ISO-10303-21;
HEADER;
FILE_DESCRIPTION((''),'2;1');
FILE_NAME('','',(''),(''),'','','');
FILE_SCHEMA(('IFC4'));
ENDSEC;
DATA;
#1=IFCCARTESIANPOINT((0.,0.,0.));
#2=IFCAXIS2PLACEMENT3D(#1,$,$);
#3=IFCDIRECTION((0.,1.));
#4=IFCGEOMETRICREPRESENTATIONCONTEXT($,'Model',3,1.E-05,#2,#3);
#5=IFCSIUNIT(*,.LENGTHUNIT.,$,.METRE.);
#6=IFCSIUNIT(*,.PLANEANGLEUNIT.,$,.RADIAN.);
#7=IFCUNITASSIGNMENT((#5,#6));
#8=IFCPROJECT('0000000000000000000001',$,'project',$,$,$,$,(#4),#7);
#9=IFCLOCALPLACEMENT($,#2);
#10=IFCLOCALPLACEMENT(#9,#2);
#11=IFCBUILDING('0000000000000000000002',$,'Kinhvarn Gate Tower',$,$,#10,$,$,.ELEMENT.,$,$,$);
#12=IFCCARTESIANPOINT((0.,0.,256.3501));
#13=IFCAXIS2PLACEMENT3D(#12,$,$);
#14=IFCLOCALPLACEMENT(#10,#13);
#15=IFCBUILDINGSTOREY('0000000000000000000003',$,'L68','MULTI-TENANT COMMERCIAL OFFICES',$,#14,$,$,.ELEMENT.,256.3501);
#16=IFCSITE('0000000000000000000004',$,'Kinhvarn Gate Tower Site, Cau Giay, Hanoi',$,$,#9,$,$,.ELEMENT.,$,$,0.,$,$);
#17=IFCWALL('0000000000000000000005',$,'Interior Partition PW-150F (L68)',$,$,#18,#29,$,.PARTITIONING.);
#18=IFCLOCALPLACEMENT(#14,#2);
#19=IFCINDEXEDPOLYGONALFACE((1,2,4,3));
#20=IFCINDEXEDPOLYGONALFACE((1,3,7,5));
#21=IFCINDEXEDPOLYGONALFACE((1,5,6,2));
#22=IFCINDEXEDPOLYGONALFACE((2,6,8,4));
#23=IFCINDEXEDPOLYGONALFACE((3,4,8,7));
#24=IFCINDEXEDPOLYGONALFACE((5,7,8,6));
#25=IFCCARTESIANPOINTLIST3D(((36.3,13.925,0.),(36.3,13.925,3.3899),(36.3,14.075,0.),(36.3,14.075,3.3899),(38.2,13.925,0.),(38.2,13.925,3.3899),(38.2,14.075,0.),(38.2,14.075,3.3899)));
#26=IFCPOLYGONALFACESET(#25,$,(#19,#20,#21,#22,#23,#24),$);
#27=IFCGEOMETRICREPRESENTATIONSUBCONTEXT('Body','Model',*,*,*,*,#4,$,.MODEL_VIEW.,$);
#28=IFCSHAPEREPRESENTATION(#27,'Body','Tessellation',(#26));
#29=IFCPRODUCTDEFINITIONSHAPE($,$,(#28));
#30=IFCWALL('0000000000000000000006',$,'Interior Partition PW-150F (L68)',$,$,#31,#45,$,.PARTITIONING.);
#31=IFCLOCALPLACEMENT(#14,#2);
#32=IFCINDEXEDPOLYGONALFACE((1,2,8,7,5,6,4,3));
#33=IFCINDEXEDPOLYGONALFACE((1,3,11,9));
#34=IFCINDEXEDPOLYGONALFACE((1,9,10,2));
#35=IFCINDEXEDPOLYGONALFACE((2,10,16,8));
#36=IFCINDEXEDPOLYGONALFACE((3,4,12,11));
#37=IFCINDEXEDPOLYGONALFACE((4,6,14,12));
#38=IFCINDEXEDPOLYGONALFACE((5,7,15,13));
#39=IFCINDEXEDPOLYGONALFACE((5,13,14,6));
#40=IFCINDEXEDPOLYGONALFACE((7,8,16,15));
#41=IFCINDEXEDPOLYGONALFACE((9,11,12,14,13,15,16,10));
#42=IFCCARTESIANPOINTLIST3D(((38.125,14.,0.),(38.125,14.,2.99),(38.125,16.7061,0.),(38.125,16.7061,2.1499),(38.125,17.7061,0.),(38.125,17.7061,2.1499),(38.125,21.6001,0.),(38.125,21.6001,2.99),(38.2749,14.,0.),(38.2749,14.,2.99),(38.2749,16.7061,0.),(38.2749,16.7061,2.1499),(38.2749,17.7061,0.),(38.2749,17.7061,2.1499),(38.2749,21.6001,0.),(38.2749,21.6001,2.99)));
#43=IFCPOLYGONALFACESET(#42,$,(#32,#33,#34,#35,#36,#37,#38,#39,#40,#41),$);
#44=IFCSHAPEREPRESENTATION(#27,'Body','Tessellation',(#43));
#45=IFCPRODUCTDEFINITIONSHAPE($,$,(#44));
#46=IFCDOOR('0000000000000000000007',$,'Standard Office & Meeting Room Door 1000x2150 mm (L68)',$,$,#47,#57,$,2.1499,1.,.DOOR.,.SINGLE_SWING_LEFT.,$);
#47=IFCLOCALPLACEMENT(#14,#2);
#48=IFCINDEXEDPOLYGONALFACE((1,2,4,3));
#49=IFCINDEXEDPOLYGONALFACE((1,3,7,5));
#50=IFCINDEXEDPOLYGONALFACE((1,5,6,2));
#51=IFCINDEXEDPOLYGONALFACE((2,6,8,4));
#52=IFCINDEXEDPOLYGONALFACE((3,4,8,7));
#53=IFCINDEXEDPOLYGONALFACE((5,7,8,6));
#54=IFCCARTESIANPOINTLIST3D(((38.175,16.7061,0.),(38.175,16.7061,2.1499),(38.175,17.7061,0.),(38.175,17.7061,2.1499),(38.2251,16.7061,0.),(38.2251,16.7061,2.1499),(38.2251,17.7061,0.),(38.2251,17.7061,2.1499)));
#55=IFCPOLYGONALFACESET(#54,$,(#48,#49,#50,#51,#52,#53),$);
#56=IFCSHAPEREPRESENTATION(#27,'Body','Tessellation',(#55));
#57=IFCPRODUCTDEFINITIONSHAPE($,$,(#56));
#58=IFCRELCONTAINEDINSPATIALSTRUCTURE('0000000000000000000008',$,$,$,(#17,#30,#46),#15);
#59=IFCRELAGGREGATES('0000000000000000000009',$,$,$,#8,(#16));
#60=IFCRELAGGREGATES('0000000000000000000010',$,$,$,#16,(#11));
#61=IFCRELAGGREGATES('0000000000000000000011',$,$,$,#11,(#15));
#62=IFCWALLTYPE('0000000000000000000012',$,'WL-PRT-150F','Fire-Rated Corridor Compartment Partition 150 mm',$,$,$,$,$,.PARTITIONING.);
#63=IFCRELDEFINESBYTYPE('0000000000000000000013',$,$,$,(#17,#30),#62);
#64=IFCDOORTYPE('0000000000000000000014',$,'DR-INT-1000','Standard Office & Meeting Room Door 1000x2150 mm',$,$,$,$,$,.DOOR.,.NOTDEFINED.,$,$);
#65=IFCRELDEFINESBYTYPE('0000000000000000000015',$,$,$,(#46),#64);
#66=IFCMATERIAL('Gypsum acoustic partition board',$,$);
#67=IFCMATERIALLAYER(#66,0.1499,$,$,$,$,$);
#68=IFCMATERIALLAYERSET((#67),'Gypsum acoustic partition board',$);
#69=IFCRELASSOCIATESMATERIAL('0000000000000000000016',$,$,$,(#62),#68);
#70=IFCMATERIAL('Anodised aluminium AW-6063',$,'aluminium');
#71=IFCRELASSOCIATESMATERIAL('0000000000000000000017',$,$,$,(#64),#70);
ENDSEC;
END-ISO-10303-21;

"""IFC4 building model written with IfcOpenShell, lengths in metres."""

from ifc_helpers import new_model, si_unit, direction, frame, frame_2d, origin, place, context, subcontext, project, spatial, rectangle, extrude, material, layer, layer_set, type_object, element, fill, save


model = new_model("IFC4")

# Units and contexts
model_context = context("Model", 3, precision=1e-05, world=origin(), true_north=direction((0.0, 1.0)))
body_context = subcontext(model_context, "Body", "Model", "MODEL_VIEW")
ifc_project = project(units=[si_unit("LENGTHUNIT", "METRE"), si_unit("PLANEANGLEUNIT", "RADIAN")], contexts=[model_context])

# Site, building, storey
site_placement = place(None, origin())
site = spatial("IfcSite", under=ifc_project, at=site_placement, Name="Kinhvarn Gate Tower Site, Cau Giay, Hanoi", CompositionType="ELEMENT", RefElevation=0.0)
building_placement = place(site_placement, origin())
building = spatial("IfcBuilding", under=site, at=building_placement, Name="Kinhvarn Gate Tower", CompositionType="ELEMENT")
storey_placement = place(building_placement, frame((0.0, 0.0, 256.3501)))
storey = spatial("IfcBuildingStorey", under=building, at=storey_placement, Name="L68", Description="MULTI-TENANT COMMERCIAL OFFICES", CompositionType="ELEMENT", Elevation=256.3501)

# Shared definitions
ifc_material_1 = material(Name="Anodised aluminium AW-6063", Category="aluminium")

# Shared definitions
ifc_material_2 = material(Name="Gypsum acoustic partition board")

# Shared definitions
ifc_layer_1 = layer(ifc_material_2, 0.1499)
ifc_layer_set_1 = layer_set([ifc_layer_1], Name="Gypsum acoustic partition board")
wall_type_1 = type_object("IfcWallType", Name="WL-PRT-150F", Description="Fire-Rated Corridor Compartment Partition 150 mm", PredefinedType="PARTITIONING", material=ifc_layer_set_1)
door_type_1 = type_object("IfcDoorType", Name="DR-INT-1000", Description="Standard Office & Meeting Room Door 1000x2150 mm", OperationType="NOTDEFINED", PredefinedType="DOOR", material=ifc_material_1)

# Wall
wall_1_placement = place(storey_placement, frame((36.3, 14.0, 0.0), z_axis=(0.0, 0.0, 1.0), x_axis=(1.0, 0.0, 0.0)))
element("IfcWall", 1, at=wall_1_placement, inside=storey, type_object=wall_type_1, Name="Interior Partition PW-150F (L68)", PredefinedType="PARTITIONING", context=body_context, shape_type="SweptSolid", body=[
    extrude(rectangle(XDim=1.8999, YDim=0.1499, at=frame_2d((0.95, 0.0))), origin(), (0.0, 0.0, 1.0), 3.3899),
])

# Wall, opening, door
wall_2_placement = place(storey_placement, frame((38.2, 14.0, 0.0), z_axis=(0.0, 0.0, 1.0), x_axis=(0.0, 1.0, 0.0)))
wall_2 = element("IfcWall", 2, at=wall_2_placement, inside=storey, type_object=wall_type_1, Name="Interior Partition PW-150F (L68)", PredefinedType="PARTITIONING", context=body_context, shape_type="SweptSolid", body=[
    extrude(rectangle(XDim=7.6001, YDim=0.1499, at=frame_2d((3.8, 0.0))), origin(), (0.0, 0.0, 1.0), 2.99),
])
opening_1_placement = place(wall_2_placement, frame((2.7061, 0.0, 0.0)))
opening_1 = element("IfcOpeningElement", 3, at=opening_1_placement, cuts=wall_2, PredefinedType="OPENING", context=body_context, shape_type="SweptSolid", body=[
    extrude(rectangle(XDim=1.0, YDim=2.1499, at=frame_2d((0.5, 1.075))), frame((0.0, 0.085, 0.0), z_axis=(0.0, -1.0, 0.0), x_axis=(1.0, 0.0, 0.0)), (0.0, 0.0, 1.0), 0.1699),
])
door_1_placement = place(opening_1_placement, origin())
door_1 = element("IfcDoor", 4, at=door_1_placement, inside=storey, type_object=door_type_1, Name="Standard Office & Meeting Room Door 1000x2150 mm (L68)", OperationType="SINGLE_SWING_LEFT", OverallHeight=2.1499, OverallWidth=1.0, PredefinedType="DOOR", context=body_context, shape_type="SweptSolid", body=[
    extrude(rectangle(XDim=1.0, YDim=2.1499, at=frame_2d((0.5, 1.075))), frame((0.0, 0.0249, 0.0), z_axis=(0.0, -1.0, 0.0), x_axis=(1.0, 0.0, 0.0)), (0.0, 0.0, 1.0), 0.05),
])
fill(opening_1, door_1)

save(model, "model.ifc")
